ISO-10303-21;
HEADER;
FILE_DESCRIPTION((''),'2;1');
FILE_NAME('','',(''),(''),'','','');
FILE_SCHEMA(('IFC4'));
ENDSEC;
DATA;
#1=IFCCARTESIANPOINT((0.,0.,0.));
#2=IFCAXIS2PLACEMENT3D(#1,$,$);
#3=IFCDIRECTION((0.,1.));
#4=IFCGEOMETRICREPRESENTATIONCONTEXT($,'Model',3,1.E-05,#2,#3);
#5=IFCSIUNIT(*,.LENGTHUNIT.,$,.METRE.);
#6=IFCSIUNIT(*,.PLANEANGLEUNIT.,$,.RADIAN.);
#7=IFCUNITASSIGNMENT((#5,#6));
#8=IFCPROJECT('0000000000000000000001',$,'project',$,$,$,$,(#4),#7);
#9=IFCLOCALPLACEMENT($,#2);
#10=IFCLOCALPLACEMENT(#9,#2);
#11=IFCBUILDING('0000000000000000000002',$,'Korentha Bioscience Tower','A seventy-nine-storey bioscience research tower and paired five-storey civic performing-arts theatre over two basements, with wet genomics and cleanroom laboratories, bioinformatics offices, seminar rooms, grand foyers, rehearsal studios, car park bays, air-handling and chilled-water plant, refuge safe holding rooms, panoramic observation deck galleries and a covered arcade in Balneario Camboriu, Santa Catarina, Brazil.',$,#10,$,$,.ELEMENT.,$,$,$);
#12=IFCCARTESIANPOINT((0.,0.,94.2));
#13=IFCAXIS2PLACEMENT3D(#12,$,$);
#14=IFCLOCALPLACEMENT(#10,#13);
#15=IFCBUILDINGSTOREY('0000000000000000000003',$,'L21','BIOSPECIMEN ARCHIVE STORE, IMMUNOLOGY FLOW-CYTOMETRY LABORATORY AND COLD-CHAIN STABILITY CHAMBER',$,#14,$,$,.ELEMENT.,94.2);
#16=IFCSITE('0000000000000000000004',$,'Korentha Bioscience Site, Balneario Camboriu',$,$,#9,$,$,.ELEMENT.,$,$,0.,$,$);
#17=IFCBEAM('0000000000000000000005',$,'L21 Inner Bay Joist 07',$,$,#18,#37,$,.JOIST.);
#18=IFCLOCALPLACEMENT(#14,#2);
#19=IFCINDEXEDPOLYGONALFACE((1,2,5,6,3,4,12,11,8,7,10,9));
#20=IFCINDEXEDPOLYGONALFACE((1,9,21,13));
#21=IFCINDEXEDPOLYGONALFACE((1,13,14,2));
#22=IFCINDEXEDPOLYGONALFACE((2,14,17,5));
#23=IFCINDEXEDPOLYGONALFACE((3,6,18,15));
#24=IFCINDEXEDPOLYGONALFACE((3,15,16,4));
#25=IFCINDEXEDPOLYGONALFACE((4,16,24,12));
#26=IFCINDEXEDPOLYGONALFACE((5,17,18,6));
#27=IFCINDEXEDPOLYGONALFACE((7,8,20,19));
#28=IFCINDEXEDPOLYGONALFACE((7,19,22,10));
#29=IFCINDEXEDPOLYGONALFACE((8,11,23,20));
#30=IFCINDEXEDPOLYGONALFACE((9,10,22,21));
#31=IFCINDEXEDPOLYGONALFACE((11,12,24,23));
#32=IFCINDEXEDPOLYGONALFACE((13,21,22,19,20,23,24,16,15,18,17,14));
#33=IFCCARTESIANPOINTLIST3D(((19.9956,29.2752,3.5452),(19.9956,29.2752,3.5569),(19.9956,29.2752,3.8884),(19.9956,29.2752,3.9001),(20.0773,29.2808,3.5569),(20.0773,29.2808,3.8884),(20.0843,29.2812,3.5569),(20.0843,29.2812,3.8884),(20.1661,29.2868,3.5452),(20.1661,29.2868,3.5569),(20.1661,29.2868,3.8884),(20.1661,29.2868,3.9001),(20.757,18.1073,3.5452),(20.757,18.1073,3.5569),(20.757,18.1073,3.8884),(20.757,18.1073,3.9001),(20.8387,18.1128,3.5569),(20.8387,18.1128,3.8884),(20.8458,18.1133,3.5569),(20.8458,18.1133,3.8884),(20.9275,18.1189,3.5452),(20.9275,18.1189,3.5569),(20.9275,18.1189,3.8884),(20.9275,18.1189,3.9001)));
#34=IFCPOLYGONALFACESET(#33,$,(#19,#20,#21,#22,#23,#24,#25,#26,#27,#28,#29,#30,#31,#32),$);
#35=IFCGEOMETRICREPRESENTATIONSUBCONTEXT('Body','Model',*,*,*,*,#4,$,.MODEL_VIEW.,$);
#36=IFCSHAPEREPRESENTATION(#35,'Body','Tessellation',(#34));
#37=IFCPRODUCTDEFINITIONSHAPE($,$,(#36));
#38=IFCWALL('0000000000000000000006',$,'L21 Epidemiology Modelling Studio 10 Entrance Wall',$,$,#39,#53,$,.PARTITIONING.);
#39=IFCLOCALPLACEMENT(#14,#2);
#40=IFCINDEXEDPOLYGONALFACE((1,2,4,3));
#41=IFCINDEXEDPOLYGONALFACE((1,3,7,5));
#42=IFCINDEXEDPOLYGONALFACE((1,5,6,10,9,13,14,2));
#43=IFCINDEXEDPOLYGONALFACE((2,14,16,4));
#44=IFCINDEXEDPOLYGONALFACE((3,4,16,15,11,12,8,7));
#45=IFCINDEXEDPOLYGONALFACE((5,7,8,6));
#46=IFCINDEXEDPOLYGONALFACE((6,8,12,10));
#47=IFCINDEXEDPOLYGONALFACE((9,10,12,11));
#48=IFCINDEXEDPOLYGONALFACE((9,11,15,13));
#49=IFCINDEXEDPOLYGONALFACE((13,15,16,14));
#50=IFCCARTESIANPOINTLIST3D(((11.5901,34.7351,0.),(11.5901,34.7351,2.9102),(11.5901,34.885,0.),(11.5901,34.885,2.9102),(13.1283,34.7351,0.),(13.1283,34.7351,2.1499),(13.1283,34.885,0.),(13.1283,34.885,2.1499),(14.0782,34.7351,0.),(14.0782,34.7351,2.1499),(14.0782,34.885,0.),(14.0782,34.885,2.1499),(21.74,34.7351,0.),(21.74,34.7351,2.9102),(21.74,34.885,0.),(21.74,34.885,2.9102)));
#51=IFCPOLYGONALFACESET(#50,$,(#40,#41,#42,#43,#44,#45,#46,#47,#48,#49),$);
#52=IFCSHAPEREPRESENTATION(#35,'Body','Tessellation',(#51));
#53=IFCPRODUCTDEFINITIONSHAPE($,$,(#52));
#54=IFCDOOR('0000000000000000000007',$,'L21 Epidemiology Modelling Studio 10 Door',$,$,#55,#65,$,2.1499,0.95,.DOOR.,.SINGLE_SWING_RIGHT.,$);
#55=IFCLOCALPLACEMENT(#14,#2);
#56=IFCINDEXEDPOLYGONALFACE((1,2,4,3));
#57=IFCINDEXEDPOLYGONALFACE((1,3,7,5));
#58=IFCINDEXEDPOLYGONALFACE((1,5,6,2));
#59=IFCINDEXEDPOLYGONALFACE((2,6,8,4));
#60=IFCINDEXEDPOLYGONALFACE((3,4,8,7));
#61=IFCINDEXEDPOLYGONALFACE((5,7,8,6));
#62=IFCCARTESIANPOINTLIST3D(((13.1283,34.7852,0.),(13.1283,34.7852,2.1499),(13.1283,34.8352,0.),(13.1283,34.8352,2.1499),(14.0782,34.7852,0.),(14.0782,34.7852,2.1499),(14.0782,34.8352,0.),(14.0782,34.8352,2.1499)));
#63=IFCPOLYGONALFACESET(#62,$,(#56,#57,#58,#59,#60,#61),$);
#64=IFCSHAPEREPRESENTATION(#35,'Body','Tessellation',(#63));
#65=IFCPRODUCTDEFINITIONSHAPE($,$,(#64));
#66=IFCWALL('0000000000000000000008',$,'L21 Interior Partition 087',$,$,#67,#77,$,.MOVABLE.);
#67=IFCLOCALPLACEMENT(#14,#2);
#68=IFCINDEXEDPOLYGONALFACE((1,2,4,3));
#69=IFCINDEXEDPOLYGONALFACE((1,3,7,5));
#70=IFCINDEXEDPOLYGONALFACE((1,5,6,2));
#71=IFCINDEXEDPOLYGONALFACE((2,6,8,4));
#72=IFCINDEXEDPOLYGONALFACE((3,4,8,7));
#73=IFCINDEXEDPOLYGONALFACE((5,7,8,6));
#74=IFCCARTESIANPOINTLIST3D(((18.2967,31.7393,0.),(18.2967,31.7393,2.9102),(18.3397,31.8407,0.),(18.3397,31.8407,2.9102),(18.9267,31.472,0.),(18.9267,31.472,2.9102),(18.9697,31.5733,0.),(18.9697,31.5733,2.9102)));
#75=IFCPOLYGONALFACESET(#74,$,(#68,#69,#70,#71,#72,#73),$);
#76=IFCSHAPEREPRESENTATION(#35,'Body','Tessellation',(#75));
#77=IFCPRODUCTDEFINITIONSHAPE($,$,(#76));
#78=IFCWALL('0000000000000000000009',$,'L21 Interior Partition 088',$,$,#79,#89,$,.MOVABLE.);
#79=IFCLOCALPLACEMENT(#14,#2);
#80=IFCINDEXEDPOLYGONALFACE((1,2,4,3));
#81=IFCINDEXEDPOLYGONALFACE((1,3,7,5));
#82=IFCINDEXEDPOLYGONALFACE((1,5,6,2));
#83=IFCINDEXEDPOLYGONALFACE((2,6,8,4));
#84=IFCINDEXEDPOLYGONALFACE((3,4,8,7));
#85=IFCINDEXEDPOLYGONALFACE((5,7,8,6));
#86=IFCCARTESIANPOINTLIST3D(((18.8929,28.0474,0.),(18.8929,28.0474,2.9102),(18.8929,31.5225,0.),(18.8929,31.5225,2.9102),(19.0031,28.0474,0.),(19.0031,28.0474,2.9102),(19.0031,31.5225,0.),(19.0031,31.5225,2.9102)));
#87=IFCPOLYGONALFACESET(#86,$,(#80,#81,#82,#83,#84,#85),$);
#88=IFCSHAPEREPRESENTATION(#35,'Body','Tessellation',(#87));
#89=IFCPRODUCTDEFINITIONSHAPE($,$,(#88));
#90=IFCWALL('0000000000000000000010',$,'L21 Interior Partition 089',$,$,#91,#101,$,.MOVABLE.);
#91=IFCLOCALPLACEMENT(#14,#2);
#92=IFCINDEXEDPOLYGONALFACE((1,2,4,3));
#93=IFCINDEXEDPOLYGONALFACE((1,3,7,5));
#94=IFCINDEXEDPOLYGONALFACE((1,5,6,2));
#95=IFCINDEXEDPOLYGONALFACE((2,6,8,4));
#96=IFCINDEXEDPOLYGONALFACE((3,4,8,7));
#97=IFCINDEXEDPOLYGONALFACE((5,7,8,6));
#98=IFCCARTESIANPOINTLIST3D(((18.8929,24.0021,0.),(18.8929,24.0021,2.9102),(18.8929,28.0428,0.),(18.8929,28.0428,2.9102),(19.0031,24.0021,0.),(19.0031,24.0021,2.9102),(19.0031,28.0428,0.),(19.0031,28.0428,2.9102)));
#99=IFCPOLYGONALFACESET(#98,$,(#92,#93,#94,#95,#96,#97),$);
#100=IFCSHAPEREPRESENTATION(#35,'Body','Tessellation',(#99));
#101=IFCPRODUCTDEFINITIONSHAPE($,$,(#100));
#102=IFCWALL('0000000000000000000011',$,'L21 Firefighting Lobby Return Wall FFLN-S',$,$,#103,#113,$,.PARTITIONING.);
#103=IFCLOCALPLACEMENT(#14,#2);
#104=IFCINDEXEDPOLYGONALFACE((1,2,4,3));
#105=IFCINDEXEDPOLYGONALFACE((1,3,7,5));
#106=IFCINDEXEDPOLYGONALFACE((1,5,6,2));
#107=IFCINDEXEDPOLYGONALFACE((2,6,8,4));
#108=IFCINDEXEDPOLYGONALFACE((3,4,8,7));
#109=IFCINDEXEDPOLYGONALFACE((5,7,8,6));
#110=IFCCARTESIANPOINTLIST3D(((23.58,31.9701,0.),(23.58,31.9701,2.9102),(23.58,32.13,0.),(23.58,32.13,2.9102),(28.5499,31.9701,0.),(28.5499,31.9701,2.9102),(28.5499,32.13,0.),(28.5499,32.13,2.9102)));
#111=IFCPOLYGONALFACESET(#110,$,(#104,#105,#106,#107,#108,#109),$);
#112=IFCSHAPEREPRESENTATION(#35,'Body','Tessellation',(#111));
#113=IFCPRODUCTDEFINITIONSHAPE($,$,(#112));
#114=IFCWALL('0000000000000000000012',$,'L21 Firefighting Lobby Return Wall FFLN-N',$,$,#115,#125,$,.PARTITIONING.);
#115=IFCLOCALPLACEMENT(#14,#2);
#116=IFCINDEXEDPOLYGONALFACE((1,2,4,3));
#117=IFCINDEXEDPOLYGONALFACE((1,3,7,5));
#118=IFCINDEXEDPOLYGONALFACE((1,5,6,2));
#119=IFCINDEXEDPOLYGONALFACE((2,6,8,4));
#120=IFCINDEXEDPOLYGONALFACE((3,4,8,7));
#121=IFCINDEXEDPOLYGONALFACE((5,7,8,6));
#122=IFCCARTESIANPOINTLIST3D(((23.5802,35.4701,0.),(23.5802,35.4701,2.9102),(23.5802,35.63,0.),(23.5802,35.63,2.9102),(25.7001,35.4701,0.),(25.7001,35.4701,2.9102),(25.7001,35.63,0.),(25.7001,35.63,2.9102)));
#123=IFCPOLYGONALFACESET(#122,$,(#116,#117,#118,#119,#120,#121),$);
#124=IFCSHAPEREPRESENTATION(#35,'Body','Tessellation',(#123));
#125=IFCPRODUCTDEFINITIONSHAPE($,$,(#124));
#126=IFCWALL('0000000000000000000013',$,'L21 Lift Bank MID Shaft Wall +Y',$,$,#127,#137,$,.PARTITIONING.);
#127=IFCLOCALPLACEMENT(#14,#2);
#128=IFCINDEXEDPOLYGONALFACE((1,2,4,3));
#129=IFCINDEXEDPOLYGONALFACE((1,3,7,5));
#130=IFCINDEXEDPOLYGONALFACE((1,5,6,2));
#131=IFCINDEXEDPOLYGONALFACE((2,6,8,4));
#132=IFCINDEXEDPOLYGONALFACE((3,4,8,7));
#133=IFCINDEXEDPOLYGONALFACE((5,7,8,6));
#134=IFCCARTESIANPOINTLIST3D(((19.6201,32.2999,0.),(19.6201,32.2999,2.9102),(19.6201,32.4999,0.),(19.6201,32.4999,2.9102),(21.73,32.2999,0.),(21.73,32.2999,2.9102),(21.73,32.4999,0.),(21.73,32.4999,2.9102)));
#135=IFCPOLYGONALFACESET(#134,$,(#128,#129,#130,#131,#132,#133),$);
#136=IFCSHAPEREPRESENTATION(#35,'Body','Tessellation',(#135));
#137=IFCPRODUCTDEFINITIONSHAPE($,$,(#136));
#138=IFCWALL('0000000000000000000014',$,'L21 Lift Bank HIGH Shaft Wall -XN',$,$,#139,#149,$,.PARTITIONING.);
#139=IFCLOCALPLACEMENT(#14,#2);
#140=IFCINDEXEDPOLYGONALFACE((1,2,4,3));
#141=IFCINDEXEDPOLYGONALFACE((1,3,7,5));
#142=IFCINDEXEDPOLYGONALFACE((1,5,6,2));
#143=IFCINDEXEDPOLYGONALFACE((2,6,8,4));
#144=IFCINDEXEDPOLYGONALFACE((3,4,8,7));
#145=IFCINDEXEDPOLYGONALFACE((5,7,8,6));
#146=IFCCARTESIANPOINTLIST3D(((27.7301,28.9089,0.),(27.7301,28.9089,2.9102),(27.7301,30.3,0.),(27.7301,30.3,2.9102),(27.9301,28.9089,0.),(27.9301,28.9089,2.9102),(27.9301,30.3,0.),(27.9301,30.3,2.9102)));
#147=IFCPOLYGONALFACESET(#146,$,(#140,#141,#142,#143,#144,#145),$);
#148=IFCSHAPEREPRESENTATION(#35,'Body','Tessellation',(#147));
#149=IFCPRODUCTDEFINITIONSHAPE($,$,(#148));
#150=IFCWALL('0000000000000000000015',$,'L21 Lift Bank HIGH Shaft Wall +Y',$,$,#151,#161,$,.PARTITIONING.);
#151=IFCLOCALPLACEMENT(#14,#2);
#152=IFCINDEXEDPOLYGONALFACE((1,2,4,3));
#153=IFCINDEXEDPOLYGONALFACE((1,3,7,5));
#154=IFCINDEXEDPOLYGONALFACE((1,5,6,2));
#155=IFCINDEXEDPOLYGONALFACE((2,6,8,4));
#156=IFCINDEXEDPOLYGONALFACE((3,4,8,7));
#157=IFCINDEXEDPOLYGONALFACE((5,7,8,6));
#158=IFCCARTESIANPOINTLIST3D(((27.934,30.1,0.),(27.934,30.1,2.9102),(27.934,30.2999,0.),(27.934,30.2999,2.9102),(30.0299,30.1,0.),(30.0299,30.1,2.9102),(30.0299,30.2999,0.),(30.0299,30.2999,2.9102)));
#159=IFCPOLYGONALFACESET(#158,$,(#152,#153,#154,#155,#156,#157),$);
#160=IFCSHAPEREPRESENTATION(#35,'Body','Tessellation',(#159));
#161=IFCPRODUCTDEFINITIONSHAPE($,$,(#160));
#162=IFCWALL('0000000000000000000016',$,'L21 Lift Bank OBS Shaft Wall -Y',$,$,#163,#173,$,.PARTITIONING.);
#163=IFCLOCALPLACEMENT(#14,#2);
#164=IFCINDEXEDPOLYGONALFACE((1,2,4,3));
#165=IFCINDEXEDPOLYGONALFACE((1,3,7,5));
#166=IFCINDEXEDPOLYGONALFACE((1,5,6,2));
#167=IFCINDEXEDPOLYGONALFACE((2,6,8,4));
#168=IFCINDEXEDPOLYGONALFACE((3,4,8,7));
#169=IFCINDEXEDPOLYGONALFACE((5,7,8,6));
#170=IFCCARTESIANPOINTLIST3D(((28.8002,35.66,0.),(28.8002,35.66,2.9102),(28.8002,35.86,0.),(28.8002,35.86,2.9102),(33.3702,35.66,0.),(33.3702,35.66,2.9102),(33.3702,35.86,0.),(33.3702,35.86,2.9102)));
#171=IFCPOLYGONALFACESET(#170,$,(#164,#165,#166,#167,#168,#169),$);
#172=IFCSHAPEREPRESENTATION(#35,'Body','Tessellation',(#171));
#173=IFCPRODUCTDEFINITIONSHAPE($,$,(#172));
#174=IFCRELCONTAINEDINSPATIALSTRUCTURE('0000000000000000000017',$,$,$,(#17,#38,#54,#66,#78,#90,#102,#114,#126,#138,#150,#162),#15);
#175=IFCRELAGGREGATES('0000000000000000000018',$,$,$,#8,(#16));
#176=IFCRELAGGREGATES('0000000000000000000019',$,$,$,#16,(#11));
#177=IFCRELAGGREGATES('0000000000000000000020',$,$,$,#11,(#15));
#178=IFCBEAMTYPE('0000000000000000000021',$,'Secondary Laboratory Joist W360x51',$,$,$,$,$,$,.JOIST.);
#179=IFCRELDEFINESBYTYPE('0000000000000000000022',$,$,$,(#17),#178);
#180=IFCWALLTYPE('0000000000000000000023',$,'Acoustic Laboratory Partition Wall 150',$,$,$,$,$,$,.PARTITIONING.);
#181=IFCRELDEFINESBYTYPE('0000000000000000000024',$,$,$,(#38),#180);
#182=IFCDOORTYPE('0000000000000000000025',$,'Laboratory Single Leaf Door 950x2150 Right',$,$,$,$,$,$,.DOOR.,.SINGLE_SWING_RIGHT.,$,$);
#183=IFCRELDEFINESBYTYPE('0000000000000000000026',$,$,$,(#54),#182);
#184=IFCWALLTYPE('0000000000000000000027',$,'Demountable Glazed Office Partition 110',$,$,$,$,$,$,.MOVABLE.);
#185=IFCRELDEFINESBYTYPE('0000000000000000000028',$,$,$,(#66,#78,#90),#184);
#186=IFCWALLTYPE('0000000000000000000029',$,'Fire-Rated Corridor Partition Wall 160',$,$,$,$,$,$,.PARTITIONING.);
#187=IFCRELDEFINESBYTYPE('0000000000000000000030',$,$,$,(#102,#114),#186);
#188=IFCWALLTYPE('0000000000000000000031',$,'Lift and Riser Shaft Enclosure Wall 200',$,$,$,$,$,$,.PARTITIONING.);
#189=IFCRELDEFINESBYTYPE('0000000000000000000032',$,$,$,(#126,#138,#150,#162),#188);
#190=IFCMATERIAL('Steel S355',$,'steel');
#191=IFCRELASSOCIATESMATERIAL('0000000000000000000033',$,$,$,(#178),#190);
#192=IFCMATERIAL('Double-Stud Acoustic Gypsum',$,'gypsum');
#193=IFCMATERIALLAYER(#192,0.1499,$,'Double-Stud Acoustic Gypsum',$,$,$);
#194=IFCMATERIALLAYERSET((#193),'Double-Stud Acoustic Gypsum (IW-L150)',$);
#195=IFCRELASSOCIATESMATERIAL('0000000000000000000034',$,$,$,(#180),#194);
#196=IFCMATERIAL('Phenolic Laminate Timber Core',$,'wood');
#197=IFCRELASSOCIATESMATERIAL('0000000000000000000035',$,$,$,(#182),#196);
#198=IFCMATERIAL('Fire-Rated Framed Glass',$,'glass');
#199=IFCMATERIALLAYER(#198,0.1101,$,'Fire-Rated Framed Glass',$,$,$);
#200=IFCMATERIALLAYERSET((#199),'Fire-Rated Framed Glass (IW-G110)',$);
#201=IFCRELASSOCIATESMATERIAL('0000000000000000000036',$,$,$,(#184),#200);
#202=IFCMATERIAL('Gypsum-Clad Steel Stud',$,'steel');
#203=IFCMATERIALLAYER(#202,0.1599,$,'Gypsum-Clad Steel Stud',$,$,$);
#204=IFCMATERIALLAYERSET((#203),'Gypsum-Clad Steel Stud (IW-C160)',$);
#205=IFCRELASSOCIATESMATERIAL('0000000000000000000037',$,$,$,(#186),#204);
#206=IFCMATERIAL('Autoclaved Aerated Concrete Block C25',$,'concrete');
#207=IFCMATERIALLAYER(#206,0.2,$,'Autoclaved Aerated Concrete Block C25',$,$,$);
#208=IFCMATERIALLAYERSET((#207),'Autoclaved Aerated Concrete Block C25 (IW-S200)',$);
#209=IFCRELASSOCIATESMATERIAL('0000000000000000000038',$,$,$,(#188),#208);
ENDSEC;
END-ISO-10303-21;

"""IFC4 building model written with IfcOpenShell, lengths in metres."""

from ifc_helpers import new_model, si_unit, direction, frame, frame_2d, origin, origin_2d, place, context, subcontext, project, spatial, rectangle, i_section, extrude, material, layer, layer_set, material_profile, profile_set, type_object, element, fill, save


model = new_model("IFC4")

# Units and contexts
model_context = context("Model", 3, precision=1e-05, world=origin(), true_north=direction((0.0, 1.0)))
body_context = subcontext(model_context, "Body", "Model", "MODEL_VIEW")
ifc_project = project(units=[si_unit("LENGTHUNIT", "METRE"), si_unit("PLANEANGLEUNIT", "RADIAN")], contexts=[model_context])

# Site, building, storey
site_placement = place(None, origin())
site = spatial("IfcSite", under=ifc_project, at=site_placement, Name="Korentha Bioscience Site, Balneario Camboriu", CompositionType="ELEMENT", RefElevation=0.0)
building_placement = place(site_placement, origin())
building = spatial("IfcBuilding", under=site, at=building_placement, Name="Korentha Bioscience Tower", Description="A seventy-nine-storey bioscience research tower and paired five-storey civic performing-arts theatre over two basements, with wet genomics and cleanroom laboratories, bioinformatics offices, seminar rooms, grand foyers, rehearsal studios, car park bays, air-handling and chilled-water plant, refuge safe holding rooms, panoramic observation deck galleries and a covered arcade in Balneario Camboriu, Santa Catarina, Brazil.", CompositionType="ELEMENT")
storey_placement = place(building_placement, frame((0.0, 0.0, 94.2)))
storey = spatial("IfcBuildingStorey", under=building, at=storey_placement, Name="L21", Description="BIOSPECIMEN ARCHIVE STORE, IMMUNOLOGY FLOW-CYTOMETRY LABORATORY AND COLD-CHAIN STABILITY CHAMBER", CompositionType="ELEMENT", Elevation=94.2)

# Beam
ifc_material_1 = material(Name="Steel S355", Category="steel")
ifc_material_profile_1 = material_profile(ifc_material_1, i_section(OverallWidth=0.1709, OverallDepth=0.355, WebThickness=0.0071, FlangeThickness=0.0117, at=origin_2d()), Name="Steel S355")
ifc_profile_set_1 = profile_set([ifc_material_profile_1], Name="Steel S355 (JB-360)")
beam_type_1 = type_object("IfcBeamType", Name="Secondary Laboratory Joist W360x51", PredefinedType="JOIST", material=ifc_profile_set_1)
beam_1_placement = place(storey_placement, frame((20.0808, 29.281, 3.7227), z_axis=(0.068026, -0.997684, 0.0), x_axis=(0.997684, 0.068026, 0.0)))
element("IfcBeam", 1, at=beam_1_placement, inside=storey, type_object=beam_type_1, Name="L21 Inner Bay Joist 07", PredefinedType="JOIST", context=body_context, shape_type="SweptSolid", body=[
    extrude(i_section(OverallWidth=0.1709, OverallDepth=0.355, WebThickness=0.0071, FlangeThickness=0.0117, at=origin_2d()), origin(), (0.0, 0.0, 1.0), 11.1938),
])

# Wall, opening, door
ifc_material_2 = material(Name="Double-Stud Acoustic Gypsum", Category="gypsum")
ifc_layer_1 = layer(ifc_material_2, 0.1499, Name="Double-Stud Acoustic Gypsum")
ifc_layer_set_1 = layer_set([ifc_layer_1], Name="Double-Stud Acoustic Gypsum (IW-L150)")
wall_type_1 = type_object("IfcWallType", Name="Acoustic Laboratory Partition Wall 150", PredefinedType="PARTITIONING", material=ifc_layer_set_1)
wall_1_placement = place(storey_placement, frame((21.74, 34.8101, 0.0), z_axis=(0.0, 0.0, 1.0), x_axis=(-1.0, 0.0, 0.0)))
wall_1 = element("IfcWall", 2, at=wall_1_placement, inside=storey, type_object=wall_type_1, Name="L21 Epidemiology Modelling Studio 10 Entrance Wall", PredefinedType="PARTITIONING", context=body_context, shape_type="SweptSolid", body=[
    extrude(rectangle(XDim=10.1499, YDim=0.1499, at=frame_2d((5.075, 0.0))), origin(), (0.0, 0.0, 1.0), 2.9102),
])
opening_1_placement = place(wall_1_placement, frame((7.6616, 0.0, 0.0)))
opening_1 = element("IfcOpeningElement", 3, at=opening_1_placement, cuts=wall_1, PredefinedType="OPENING", context=body_context, shape_type="SweptSolid", body=[
    extrude(rectangle(XDim=0.95, YDim=2.1499, at=frame_2d((0.4751, 1.075))), frame((0.0, 0.0898, 0.0), z_axis=(0.0, -1.0, 0.0), x_axis=(1.0, 0.0, 0.0)), (0.0, 0.0, 1.0), 0.1797),
])
ifc_material_3 = material(Name="Phenolic Laminate Timber Core", Category="wood")
door_type_1 = type_object("IfcDoorType", Name="Laboratory Single Leaf Door 950x2150 Right", OperationType="SINGLE_SWING_RIGHT", PredefinedType="DOOR", material=ifc_material_3)
door_1_placement = place(opening_1_placement, origin())
door_1 = element("IfcDoor", 4, at=door_1_placement, inside=storey, type_object=door_type_1, Name="L21 Epidemiology Modelling Studio 10 Door", OperationType="SINGLE_SWING_RIGHT", OverallHeight=2.1499, OverallWidth=0.95, PredefinedType="DOOR", context=body_context, shape_type="SweptSolid", body=[
    extrude(rectangle(XDim=0.95, YDim=2.1499, at=frame_2d((0.4751, 1.075))), frame((0.0, 0.0249, 0.0), z_axis=(0.0, -1.0, 0.0), x_axis=(1.0, 0.0, 0.0)), (0.0, 0.0, 1.0), 0.05),
])
fill(opening_1, door_1)

# Walls
ifc_material_4 = material(Name="Fire-Rated Framed Glass", Category="glass")
ifc_layer_2 = layer(ifc_material_4, 0.1101, Name="Fire-Rated Framed Glass")
ifc_layer_set_2 = layer_set([ifc_layer_2], Name="Fire-Rated Framed Glass (IW-G110)")
wall_type_2 = type_object("IfcWallType", Name="Demountable Glazed Office Partition 110", PredefinedType="MOVABLE", material=ifc_layer_set_2)
wall_2_placement = place(storey_placement, frame((18.3181, 31.79, 0.0), z_axis=(0.0, 0.0, 1.0), x_axis=(0.920523, -0.390687, 0.0)))
element("IfcWall", 5, at=wall_2_placement, inside=storey, type_object=wall_type_2, Name="L21 Interior Partition 087", PredefinedType="MOVABLE", context=body_context, shape_type="SweptSolid", body=[
    extrude(rectangle(XDim=0.6843, YDim=0.1101, at=frame_2d((0.3423, 0.0))), origin(), (0.0, 0.0, 1.0), 2.9102),
])
wall_3_placement = place(storey_placement, frame((18.948, 31.5225, 0.0), z_axis=(0.0, 0.0, 1.0), x_axis=(0.0, -1.0, 0.0)))
element("IfcWall", 6, at=wall_3_placement, inside=storey, type_object=wall_type_2, Name="L21 Interior Partition 088", PredefinedType="MOVABLE", context=body_context, shape_type="SweptSolid", body=[
    extrude(rectangle(XDim=3.4751, YDim=0.1101, at=frame_2d((1.7375, 0.0))), origin(), (0.0, 0.0, 1.0), 2.9102),
])
wall_4_placement = place(storey_placement, frame((18.948, 28.043, 0.0), z_axis=(0.0, 0.0, 1.0), x_axis=(0.0, -1.0, 0.0)))
element("IfcWall", 7, at=wall_4_placement, inside=storey, type_object=wall_type_2, Name="L21 Interior Partition 089", PredefinedType="MOVABLE", context=body_context, shape_type="SweptSolid", body=[
    extrude(rectangle(XDim=4.0408, YDim=0.1101, at=frame_2d((2.0205, 0.0))), origin(), (0.0, 0.0, 1.0), 2.9102),
])

# Shared definitions
ifc_material_5 = material(Name="Gypsum-Clad Steel Stud", Category="steel")
ifc_layer_3 = layer(ifc_material_5, 0.1599, Name="Gypsum-Clad Steel Stud")
ifc_layer_set_3 = layer_set([ifc_layer_3], Name="Gypsum-Clad Steel Stud (IW-C160)")
wall_type_3 = type_object("IfcWallType", Name="Fire-Rated Corridor Partition Wall 160", PredefinedType="PARTITIONING", material=ifc_layer_set_3)

# Walls
wall_5_placement = place(storey_placement, frame((23.5801, 32.05, 0.0), z_axis=(0.0, 0.0, 1.0), x_axis=(1.0, 0.0, 0.0)))
element("IfcWall", 8, at=wall_5_placement, inside=storey, type_object=wall_type_3, Name="L21 Firefighting Lobby Return Wall FFLN-S", PredefinedType="PARTITIONING", context=body_context, shape_type="SweptSolid", body=[
    extrude(rectangle(XDim=4.97, YDim=0.1599, at=frame_2d((2.4849, 0.0))), origin(), (0.0, 0.0, 1.0), 2.9102),
])
wall_6_placement = place(storey_placement, frame((23.5801, 35.55, 0.0), z_axis=(0.0, 0.0, 1.0), x_axis=(1.0, 0.0, 0.0)))
element("IfcWall", 9, at=wall_6_placement, inside=storey, type_object=wall_type_3, Name="L21 Firefighting Lobby Return Wall FFLN-N", PredefinedType="PARTITIONING", context=body_context, shape_type="SweptSolid", body=[
    extrude(rectangle(XDim=2.1199, YDim=0.1599, at=frame_2d((1.0601, 0.0))), origin(), (0.0, 0.0, 1.0), 2.9102),
])
ifc_material_6 = material(Name="Autoclaved Aerated Concrete Block C25", Category="concrete")
ifc_layer_4 = layer(ifc_material_6, 0.2, Name="Autoclaved Aerated Concrete Block C25")
ifc_layer_set_4 = layer_set([ifc_layer_4], Name="Autoclaved Aerated Concrete Block C25 (IW-S200)")
wall_type_4 = type_object("IfcWallType", Name="Lift and Riser Shaft Enclosure Wall 200", PredefinedType="PARTITIONING", material=ifc_layer_set_4)
wall_7_placement = place(storey_placement, frame((19.6201, 32.3999, 0.0), z_axis=(0.0, 0.0, 1.0), x_axis=(1.0, 0.0, 0.0)))
element("IfcWall", 10, at=wall_7_placement, inside=storey, type_object=wall_type_4, Name="L21 Lift Bank MID Shaft Wall +Y", PredefinedType="PARTITIONING", context=body_context, shape_type="SweptSolid", body=[
    extrude(rectangle(XDim=2.1099, YDim=0.2, at=frame_2d((1.0549, 0.0))), origin(), (0.0, 0.0, 1.0), 2.9102),
])
wall_8_placement = place(storey_placement, frame((27.8301, 28.9089, 0.0), z_axis=(0.0, 0.0, 1.0), x_axis=(0.0, 1.0, 0.0)))
element("IfcWall", 11, at=wall_8_placement, inside=storey, type_object=wall_type_4, Name="L21 Lift Bank HIGH Shaft Wall -XN", PredefinedType="PARTITIONING", context=body_context, shape_type="SweptSolid", body=[
    extrude(rectangle(XDim=1.3911, YDim=0.2, at=frame_2d((0.6956, 0.0))), origin(), (0.0, 0.0, 1.0), 2.9102),
])
wall_9_placement = place(storey_placement, frame((27.9341, 30.2, 0.0), z_axis=(0.0, 0.0, 1.0), x_axis=(1.0, 0.0, 0.0)))
element("IfcWall", 12, at=wall_9_placement, inside=storey, type_object=wall_type_4, Name="L21 Lift Bank HIGH Shaft Wall +Y", PredefinedType="PARTITIONING", context=body_context, shape_type="SweptSolid", body=[
    extrude(rectangle(XDim=2.0959, YDim=0.2, at=frame_2d((1.0479, 0.0))), origin(), (0.0, 0.0, 1.0), 2.9102),
])
wall_10_placement = place(storey_placement, frame((28.8, 35.76, 0.0), z_axis=(0.0, 0.0, 1.0), x_axis=(1.0, 0.0, 0.0)))
element("IfcWall", 13, at=wall_10_placement, inside=storey, type_object=wall_type_4, Name="L21 Lift Bank OBS Shaft Wall -Y", PredefinedType="PARTITIONING", context=body_context, shape_type="SweptSolid", body=[
    extrude(rectangle(XDim=4.5701, YDim=0.2, at=frame_2d((2.2852, 0.0))), origin(), (0.0, 0.0, 1.0), 2.9102),
])

save(model, "model.ifc")
